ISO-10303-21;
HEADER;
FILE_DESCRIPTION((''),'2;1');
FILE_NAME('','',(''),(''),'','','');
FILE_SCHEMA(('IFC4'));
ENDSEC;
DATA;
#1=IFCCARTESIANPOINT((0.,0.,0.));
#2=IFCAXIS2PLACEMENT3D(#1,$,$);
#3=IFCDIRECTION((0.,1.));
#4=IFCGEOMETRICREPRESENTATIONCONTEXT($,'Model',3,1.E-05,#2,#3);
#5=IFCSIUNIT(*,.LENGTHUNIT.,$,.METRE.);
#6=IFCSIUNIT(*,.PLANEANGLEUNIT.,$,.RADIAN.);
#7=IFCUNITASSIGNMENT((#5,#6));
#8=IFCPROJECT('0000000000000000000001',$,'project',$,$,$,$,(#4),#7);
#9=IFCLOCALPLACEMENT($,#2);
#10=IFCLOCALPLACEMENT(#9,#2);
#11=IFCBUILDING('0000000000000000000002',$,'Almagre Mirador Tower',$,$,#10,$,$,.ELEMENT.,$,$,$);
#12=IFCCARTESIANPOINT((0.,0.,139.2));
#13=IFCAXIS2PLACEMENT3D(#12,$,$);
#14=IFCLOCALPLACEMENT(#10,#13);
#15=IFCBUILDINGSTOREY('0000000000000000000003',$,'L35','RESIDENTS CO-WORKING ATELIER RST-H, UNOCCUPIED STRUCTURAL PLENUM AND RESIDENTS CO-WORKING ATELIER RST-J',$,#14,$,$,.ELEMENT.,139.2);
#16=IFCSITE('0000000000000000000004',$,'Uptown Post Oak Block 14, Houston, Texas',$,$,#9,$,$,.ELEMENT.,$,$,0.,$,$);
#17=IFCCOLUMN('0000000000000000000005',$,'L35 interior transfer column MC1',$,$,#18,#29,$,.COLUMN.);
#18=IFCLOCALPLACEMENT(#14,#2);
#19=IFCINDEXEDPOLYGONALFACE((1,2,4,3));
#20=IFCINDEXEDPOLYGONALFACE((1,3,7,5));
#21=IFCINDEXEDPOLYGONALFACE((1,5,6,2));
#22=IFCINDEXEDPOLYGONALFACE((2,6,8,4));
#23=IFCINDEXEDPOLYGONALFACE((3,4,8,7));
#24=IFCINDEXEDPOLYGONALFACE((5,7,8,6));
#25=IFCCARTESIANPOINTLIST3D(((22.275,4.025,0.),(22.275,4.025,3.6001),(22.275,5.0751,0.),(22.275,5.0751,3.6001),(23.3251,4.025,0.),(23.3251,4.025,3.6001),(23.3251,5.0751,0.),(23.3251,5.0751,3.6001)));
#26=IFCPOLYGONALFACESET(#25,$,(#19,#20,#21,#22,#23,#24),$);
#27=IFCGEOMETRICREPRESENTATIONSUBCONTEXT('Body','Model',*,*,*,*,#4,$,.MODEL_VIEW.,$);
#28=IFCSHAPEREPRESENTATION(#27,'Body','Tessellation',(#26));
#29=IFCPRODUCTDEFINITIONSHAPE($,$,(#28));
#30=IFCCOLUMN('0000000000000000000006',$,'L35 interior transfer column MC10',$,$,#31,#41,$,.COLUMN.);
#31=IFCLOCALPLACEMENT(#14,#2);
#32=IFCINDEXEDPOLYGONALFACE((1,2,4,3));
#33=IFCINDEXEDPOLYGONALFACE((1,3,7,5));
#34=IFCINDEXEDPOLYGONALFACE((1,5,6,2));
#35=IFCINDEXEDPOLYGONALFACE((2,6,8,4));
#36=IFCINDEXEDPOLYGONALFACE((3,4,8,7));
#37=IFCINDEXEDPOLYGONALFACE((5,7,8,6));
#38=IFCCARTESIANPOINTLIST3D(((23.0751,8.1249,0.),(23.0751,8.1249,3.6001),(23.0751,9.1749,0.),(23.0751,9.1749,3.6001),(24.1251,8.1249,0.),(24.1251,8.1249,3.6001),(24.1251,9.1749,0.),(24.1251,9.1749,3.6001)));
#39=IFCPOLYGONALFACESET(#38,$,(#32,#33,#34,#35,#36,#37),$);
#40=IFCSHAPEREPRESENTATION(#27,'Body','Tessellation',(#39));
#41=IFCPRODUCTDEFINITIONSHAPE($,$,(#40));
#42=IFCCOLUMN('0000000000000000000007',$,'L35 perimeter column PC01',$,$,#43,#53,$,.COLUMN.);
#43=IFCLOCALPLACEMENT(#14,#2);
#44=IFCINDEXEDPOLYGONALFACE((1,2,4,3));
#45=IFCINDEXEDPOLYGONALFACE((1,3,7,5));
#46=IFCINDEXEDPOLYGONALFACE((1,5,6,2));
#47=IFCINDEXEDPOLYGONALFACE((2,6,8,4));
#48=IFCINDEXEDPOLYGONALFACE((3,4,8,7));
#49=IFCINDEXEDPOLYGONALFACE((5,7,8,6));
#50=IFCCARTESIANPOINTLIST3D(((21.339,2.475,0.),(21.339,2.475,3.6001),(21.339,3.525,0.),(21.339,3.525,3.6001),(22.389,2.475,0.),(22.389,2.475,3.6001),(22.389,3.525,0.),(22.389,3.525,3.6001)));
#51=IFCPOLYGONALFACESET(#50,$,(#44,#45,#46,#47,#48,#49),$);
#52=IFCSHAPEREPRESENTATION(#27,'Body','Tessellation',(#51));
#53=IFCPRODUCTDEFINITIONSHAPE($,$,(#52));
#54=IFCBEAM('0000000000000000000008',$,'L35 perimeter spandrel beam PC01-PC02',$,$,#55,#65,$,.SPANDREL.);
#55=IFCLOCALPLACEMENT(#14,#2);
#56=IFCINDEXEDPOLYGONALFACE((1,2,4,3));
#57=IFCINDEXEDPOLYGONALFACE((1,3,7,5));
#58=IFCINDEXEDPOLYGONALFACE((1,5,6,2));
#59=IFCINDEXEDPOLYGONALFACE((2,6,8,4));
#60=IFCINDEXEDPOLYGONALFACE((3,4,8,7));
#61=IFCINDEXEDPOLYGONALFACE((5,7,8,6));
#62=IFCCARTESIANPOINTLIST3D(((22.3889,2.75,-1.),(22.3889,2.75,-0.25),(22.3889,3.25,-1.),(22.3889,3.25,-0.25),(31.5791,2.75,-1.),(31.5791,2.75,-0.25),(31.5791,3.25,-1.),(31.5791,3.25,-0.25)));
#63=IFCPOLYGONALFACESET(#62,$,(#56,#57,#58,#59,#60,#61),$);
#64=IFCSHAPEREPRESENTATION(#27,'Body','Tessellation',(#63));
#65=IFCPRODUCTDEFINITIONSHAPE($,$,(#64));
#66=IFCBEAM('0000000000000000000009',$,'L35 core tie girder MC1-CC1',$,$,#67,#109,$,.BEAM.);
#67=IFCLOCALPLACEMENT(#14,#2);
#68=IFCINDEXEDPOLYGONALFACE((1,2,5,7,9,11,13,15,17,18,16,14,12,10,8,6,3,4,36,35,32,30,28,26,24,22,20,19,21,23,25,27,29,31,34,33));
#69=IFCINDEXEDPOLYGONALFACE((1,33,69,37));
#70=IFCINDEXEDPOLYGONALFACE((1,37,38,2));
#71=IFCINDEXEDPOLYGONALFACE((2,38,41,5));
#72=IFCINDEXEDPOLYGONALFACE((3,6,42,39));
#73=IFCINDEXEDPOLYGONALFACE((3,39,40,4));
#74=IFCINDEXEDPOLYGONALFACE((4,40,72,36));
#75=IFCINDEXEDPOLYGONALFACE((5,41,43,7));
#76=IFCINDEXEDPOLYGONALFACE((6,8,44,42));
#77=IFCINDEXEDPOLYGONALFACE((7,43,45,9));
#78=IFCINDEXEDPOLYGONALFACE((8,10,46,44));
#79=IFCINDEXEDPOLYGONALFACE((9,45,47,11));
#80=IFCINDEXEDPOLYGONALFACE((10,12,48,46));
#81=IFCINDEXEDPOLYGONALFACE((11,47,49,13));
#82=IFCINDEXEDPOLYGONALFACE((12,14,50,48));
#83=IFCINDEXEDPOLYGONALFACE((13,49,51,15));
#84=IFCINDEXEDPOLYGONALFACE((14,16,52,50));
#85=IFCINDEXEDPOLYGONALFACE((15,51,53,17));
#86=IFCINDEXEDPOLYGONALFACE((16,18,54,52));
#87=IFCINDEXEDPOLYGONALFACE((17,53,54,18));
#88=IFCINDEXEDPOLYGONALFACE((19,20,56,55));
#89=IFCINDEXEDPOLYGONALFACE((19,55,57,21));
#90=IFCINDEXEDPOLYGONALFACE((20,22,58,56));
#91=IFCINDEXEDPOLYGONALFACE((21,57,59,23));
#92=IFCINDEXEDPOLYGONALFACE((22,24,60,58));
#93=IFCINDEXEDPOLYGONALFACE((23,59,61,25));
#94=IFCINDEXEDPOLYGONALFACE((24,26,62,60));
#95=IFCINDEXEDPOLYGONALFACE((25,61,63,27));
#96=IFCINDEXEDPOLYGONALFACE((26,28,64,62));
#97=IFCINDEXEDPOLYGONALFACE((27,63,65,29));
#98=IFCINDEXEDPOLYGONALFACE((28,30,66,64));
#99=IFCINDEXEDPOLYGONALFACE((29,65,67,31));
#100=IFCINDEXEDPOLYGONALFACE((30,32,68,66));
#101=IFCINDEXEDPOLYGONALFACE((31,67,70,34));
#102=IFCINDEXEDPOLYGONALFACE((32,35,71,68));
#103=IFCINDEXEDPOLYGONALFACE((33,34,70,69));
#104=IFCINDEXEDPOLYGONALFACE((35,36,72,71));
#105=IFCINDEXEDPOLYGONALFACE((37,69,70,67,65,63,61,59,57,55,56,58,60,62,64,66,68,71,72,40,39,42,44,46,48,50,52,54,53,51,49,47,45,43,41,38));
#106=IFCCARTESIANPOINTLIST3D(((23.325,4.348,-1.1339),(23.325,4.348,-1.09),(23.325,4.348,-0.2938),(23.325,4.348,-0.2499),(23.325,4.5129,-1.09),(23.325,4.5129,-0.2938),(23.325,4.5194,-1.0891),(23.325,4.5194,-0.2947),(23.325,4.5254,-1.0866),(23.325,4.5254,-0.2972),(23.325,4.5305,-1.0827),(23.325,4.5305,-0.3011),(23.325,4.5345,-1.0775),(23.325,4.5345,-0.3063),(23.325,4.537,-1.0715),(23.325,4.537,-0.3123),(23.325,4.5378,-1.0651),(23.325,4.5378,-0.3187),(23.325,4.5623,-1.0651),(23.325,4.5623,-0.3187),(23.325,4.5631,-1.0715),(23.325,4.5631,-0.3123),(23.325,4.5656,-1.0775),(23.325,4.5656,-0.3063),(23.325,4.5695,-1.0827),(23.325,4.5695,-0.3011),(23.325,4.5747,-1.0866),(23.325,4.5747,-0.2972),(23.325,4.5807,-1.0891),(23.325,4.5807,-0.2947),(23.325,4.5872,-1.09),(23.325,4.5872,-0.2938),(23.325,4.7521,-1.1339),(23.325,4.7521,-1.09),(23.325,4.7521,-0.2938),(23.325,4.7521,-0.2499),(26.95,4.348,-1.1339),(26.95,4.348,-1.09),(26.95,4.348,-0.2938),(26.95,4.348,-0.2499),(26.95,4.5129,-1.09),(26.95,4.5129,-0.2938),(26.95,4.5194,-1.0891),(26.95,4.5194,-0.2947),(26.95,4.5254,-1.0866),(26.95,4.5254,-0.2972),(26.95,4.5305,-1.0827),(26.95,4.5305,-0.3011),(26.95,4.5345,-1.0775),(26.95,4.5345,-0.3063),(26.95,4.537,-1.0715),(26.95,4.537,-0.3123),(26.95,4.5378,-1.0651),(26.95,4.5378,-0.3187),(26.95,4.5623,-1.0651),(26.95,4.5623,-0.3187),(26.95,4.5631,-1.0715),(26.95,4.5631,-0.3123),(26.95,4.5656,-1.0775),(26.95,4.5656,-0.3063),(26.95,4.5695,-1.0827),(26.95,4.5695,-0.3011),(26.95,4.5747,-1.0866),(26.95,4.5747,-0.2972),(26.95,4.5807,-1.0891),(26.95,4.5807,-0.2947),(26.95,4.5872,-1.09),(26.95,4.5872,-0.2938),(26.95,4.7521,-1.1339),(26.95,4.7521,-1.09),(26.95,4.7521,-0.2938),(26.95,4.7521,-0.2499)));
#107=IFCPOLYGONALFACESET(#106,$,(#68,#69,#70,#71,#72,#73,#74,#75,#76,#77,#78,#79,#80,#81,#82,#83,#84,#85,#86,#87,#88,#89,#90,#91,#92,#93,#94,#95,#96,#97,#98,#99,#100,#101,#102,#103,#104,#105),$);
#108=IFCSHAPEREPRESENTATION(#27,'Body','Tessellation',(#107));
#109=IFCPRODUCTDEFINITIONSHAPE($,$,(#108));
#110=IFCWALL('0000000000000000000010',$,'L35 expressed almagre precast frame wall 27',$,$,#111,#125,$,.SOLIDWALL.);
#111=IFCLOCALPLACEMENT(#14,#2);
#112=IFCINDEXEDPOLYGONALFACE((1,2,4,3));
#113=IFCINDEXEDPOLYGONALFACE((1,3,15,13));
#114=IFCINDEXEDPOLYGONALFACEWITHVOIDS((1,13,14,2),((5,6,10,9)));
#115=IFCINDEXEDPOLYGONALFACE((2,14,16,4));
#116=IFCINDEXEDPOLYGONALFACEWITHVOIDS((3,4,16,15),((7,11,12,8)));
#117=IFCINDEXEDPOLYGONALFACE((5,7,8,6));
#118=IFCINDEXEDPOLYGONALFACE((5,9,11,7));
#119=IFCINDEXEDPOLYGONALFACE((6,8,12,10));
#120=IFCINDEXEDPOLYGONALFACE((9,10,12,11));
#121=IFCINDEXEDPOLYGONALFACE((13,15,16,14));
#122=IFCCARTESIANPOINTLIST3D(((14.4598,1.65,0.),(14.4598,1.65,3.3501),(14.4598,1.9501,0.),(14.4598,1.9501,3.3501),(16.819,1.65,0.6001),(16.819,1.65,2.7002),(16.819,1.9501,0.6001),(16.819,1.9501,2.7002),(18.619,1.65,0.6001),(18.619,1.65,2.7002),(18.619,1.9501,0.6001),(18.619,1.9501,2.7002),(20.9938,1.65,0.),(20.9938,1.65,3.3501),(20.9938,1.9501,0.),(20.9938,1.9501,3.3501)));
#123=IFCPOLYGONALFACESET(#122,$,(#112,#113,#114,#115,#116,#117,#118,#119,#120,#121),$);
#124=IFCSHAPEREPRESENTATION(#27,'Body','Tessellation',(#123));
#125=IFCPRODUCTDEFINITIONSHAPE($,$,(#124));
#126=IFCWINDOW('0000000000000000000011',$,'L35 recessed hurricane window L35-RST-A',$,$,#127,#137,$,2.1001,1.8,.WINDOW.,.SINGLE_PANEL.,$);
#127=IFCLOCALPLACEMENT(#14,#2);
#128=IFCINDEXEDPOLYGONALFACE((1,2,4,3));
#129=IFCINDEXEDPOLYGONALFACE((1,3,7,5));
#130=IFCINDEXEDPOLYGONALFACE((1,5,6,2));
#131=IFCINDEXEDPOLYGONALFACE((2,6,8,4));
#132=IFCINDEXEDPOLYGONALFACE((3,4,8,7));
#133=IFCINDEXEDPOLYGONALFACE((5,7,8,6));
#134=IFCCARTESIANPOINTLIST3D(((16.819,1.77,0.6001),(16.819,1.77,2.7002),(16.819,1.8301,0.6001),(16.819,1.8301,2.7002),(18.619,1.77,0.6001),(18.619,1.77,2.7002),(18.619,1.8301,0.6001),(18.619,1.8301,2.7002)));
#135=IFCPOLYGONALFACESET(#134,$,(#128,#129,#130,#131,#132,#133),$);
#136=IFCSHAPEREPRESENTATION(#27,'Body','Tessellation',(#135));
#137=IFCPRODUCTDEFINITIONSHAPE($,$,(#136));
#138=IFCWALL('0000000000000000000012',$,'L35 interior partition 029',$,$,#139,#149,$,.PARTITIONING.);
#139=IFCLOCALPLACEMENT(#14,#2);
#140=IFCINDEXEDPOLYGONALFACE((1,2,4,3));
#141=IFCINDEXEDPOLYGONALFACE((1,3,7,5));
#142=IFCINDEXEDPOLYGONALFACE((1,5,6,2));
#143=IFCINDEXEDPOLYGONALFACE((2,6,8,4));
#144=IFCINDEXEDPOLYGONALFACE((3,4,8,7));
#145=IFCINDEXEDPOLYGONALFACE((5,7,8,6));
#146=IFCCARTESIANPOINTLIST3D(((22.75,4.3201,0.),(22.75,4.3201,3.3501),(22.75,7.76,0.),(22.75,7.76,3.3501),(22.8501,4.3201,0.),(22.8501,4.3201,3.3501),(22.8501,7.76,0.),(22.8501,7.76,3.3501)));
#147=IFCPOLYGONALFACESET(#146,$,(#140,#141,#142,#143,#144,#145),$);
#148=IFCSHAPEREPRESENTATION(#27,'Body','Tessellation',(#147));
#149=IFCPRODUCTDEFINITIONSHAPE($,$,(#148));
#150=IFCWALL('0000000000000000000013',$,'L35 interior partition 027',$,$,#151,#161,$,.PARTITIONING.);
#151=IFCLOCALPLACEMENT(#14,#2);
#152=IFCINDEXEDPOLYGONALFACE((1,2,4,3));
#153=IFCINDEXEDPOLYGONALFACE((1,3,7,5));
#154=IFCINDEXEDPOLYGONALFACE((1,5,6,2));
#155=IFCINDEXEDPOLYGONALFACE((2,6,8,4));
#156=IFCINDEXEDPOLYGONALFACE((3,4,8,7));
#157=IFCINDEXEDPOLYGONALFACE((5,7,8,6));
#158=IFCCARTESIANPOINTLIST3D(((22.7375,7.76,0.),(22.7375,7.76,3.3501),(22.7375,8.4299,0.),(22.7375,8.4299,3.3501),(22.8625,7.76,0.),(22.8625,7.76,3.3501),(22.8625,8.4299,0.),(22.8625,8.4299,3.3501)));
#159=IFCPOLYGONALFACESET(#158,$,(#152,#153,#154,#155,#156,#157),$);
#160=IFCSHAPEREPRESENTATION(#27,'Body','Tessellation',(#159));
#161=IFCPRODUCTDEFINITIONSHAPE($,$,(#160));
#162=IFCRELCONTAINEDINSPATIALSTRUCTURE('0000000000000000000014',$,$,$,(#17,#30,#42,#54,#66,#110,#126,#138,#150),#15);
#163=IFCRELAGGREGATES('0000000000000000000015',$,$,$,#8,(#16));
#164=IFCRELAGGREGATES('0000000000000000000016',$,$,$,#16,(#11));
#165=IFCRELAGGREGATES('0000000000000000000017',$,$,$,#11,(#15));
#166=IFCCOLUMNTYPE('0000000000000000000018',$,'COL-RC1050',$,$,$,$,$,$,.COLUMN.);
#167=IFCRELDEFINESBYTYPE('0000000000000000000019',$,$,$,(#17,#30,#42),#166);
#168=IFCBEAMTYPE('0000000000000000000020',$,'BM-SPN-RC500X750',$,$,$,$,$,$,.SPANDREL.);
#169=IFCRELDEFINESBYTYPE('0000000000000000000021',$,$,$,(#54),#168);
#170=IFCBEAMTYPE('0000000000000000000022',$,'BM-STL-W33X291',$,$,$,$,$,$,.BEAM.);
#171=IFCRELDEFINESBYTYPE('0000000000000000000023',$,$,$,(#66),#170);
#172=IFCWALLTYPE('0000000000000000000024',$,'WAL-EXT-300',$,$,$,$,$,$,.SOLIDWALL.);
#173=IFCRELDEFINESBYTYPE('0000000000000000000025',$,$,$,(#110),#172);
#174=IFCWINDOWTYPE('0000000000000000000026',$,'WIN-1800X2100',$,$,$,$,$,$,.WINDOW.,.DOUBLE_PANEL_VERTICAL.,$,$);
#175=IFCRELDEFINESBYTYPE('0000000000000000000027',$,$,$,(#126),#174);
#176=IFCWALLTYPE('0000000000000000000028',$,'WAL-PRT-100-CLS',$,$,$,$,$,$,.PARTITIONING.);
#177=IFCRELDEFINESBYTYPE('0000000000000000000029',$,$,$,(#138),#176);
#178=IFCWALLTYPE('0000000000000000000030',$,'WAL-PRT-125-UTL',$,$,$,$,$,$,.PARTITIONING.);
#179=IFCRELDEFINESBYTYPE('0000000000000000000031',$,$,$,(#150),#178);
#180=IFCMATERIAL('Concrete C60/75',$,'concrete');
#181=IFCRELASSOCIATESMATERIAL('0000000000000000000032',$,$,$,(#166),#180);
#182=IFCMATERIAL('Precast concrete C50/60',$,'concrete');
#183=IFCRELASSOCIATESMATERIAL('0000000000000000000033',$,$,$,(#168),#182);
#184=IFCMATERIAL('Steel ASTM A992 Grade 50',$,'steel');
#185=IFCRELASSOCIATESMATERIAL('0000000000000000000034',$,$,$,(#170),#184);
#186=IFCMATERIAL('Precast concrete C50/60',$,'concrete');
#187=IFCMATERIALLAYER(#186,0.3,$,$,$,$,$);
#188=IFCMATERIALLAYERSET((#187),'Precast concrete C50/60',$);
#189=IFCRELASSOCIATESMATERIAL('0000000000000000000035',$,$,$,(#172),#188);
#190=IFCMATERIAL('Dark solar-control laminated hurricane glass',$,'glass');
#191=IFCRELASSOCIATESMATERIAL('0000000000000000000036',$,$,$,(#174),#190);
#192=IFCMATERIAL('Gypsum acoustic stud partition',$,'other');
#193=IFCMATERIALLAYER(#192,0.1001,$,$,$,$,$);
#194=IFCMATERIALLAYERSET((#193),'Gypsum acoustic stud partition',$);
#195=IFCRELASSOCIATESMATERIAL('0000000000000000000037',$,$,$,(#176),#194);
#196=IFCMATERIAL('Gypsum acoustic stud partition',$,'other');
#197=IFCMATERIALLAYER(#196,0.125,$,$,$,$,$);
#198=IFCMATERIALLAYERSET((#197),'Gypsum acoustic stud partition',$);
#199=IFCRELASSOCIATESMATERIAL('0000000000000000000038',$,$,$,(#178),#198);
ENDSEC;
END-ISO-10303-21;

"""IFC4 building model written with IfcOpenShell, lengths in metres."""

from ifc_helpers import new_model, si_unit, direction, frame, frame_2d, origin, origin_2d, place, context, subcontext, project, spatial, rectangle, i_section, extrude, material, layer, layer_set, material_profile, profile_set, type_object, element, fill, save


model = new_model("IFC4")

# Units and contexts
model_context = context("Model", 3, precision=1e-05, world=origin(), true_north=direction((0.0, 1.0)))
body_context = subcontext(model_context, "Body", "Model", "MODEL_VIEW")
ifc_project = project(units=[si_unit("LENGTHUNIT", "METRE"), si_unit("PLANEANGLEUNIT", "RADIAN")], contexts=[model_context])

# Site, building, storey
site_placement = place(None, origin())
site = spatial("IfcSite", under=ifc_project, at=site_placement, Name="Uptown Post Oak Block 14, Houston, Texas", CompositionType="ELEMENT", RefElevation=0.0)
building_placement = place(site_placement, origin())
building = spatial("IfcBuilding", under=site, at=building_placement, Name="Almagre Mirador Tower", CompositionType="ELEMENT")
storey_placement = place(building_placement, frame((0.0, 0.0, 139.2)))
storey = spatial("IfcBuildingStorey", under=building, at=storey_placement, Name="L35", Description="RESIDENTS CO-WORKING ATELIER RST-H, UNOCCUPIED STRUCTURAL PLENUM AND RESIDENTS CO-WORKING ATELIER RST-J", CompositionType="ELEMENT", Elevation=139.2)

# Columns
ifc_material_1 = material(Name="Concrete C60/75", Category="concrete")
ifc_material_profile_1 = material_profile(ifc_material_1, rectangle(XDim=1.05, YDim=1.05, at=origin_2d()), Name="RC1050X1050")
ifc_profile_set_1 = profile_set([ifc_material_profile_1], Name="Concrete C60/75")
column_type = type_object("IfcColumnType", Name="COL-RC1050", PredefinedType="COLUMN", material=ifc_profile_set_1)
for number, where, z_axis, x_axis, name in (
    (1, (22.8, 4.55, 0.0), (0.0, 0.0, 1.0), (1.0, 0.0, 0.0), "L35 interior transfer column MC1"),
    (2, (23.6001, 8.6499, 0.0), (0.0, 0.0, 1.0), (1.0, 0.0, 0.0), "L35 interior transfer column MC10"),
    (3, (21.864, 3.0, 0.0), (0.0, 0.0, 1.0), (1.0, 0.0, 0.0), "L35 perimeter column PC01"),
):
    element("IfcColumn", number, at=place(storey_placement, frame(where, z_axis=z_axis, x_axis=x_axis)), inside=storey, type_object=column_type, Name=name, PredefinedType="COLUMN", context=body_context, shape_type="SweptSolid", body=[
        extrude(rectangle(XDim=1.05, YDim=1.05, at=origin_2d()), origin(), (0.0, 0.0, 1.0), 3.6001),
    ])

# Beams
ifc_material_2 = material(Name="Precast concrete C50/60", Category="concrete")
ifc_material_profile_2 = material_profile(ifc_material_2, rectangle(XDim=0.5, YDim=0.75, at=origin_2d()), Name="RC500X750")
ifc_profile_set_2 = profile_set([ifc_material_profile_2], Name="Precast concrete C50/60")
beam_type_1 = type_object("IfcBeamType", Name="BM-SPN-RC500X750", PredefinedType="SPANDREL", material=ifc_profile_set_2)
beam_1_placement = place(storey_placement, frame((22.3889, 3.0, -0.625), z_axis=(1.0, 0.0, 0.0), x_axis=(0.0, 1.0, 0.0)))
element("IfcBeam", 4, at=beam_1_placement, inside=storey, type_object=beam_type_1, Name="L35 perimeter spandrel beam PC01-PC02", PredefinedType="SPANDREL", context=body_context, shape_type="SweptSolid", body=[
    extrude(rectangle(XDim=0.5, YDim=0.75, at=origin_2d()), origin(), (0.0, 0.0, 1.0), 9.1902),
])
ifc_material_3 = material(Name="Steel ASTM A992 Grade 50", Category="steel")
ifc_material_profile_3 = material_profile(ifc_material_3, i_section(OverallWidth=0.4041, OverallDepth=0.884, WebThickness=0.0244, FlangeThickness=0.0439, FilletRadius=0.0249, at=origin_2d()), Name="W33X291")
ifc_profile_set_3 = profile_set([ifc_material_profile_3], Name="Steel ASTM A992 Grade 50")
beam_type_2 = type_object("IfcBeamType", Name="BM-STL-W33X291", PredefinedType="BEAM", material=ifc_profile_set_3)
beam_2_placement = place(storey_placement, frame((23.325, 4.55, -0.6919), z_axis=(1.0, 0.0, 0.0), x_axis=(0.0, 1.0, 0.0)))
element("IfcBeam", 5, at=beam_2_placement, inside=storey, type_object=beam_type_2, Name="L35 core tie girder MC1-CC1", PredefinedType="BEAM", context=body_context, shape_type="SweptSolid", body=[
    extrude(i_section(OverallWidth=0.4041, OverallDepth=0.884, WebThickness=0.0244, FlangeThickness=0.0439, FilletRadius=0.0249, at=origin_2d()), origin(), (0.0, 0.0, 1.0), 3.625),
])

# Wall, opening, window
ifc_material_4 = material(Name="Precast concrete C50/60", Category="concrete")
ifc_layer_1 = layer(ifc_material_4, 0.3)
ifc_layer_set_1 = layer_set([ifc_layer_1], Name="Precast concrete C50/60")
wall_type_1 = type_object("IfcWallType", Name="WAL-EXT-300", PredefinedType="SOLIDWALL", material=ifc_layer_set_1)
wall_1_placement = place(storey_placement, frame((20.9939, 1.8, 0.0), z_axis=(0.0, 0.0, 1.0), x_axis=(-1.0, 0.0, 0.0)))
wall_1 = element("IfcWall", 6, at=wall_1_placement, inside=storey, type_object=wall_type_1, Name="L35 expressed almagre precast frame wall 27", PredefinedType="SOLIDWALL", context=body_context, shape_type="SweptSolid", body=[
    extrude(rectangle(XDim=6.5339, YDim=0.3, at=frame_2d((3.2671, 0.0))), origin(), (0.0, 0.0, 1.0), 3.3501),
])
opening_1_placement = place(wall_1_placement, frame((2.375, 0.0, 0.6001)))
opening_1 = element("IfcOpeningElement", 7, at=opening_1_placement, cuts=wall_1, PredefinedType="OPENING", context=body_context, shape_type="SweptSolid", body=[
    extrude(rectangle(XDim=1.8, YDim=2.1001, at=frame_2d((0.8999, 1.05))), frame((0.0, 0.1599, 0.0), z_axis=(0.0, -1.0, 0.0), x_axis=(1.0, 0.0, 0.0)), (0.0, 0.0, 1.0), 0.32),
])
ifc_material_5 = material(Name="Dark solar-control laminated hurricane glass", Category="glass")
window_type = type_object("IfcWindowType", Name="WIN-1800X2100", PartitioningType="DOUBLE_PANEL_VERTICAL", PredefinedType="WINDOW", material=ifc_material_5)
window_placement = place(opening_1_placement, origin())
window = element("IfcWindow", 8, at=window_placement, inside=storey, type_object=window_type, Name="L35 recessed hurricane window L35-RST-A", OverallHeight=2.1001, OverallWidth=1.8, PartitioningType="SINGLE_PANEL", PredefinedType="WINDOW", context=body_context, shape_type="SweptSolid", body=[
    extrude(rectangle(XDim=1.8, YDim=2.1001, at=frame_2d((0.8999, 1.05))), frame((0.0, 0.03, 0.0), z_axis=(0.0, -1.0, 0.0), x_axis=(1.0, 0.0, 0.0)), (0.0, 0.0, 1.0), 0.0601),
])
fill(opening_1, window)

# Walls
ifc_material_6 = material(Name="Gypsum acoustic stud partition", Category="other")
ifc_layer_2 = layer(ifc_material_6, 0.1001)
ifc_layer_set_2 = layer_set([ifc_layer_2], Name="Gypsum acoustic stud partition")
wall_type_2 = type_object("IfcWallType", Name="WAL-PRT-100-CLS", PredefinedType="PARTITIONING", material=ifc_layer_set_2)
wall_2_placement = place(storey_placement, frame((22.8, 4.3201, 0.0), z_axis=(0.0, 0.0, 1.0), x_axis=(0.0, 1.0, 0.0)))
element("IfcWall", 9, at=wall_2_placement, inside=storey, type_object=wall_type_2, Name="L35 interior partition 029", PredefinedType="PARTITIONING", context=body_context, shape_type="SweptSolid", body=[
    extrude(rectangle(XDim=3.4399, YDim=0.1001, at=frame_2d((1.72, 0.0))), origin(), (0.0, 0.0, 1.0), 3.3501),
])
ifc_material_7 = material(Name="Gypsum acoustic stud partition", Category="other")
ifc_layer_3 = layer(ifc_material_7, 0.125)
ifc_layer_set_3 = layer_set([ifc_layer_3], Name="Gypsum acoustic stud partition")
wall_type_3 = type_object("IfcWallType", Name="WAL-PRT-125-UTL", PredefinedType="PARTITIONING", material=ifc_layer_set_3)
wall_3_placement = place(storey_placement, frame((22.8, 7.76, 0.0), z_axis=(0.0, 0.0, 1.0), x_axis=(0.0, 1.0, 0.0)))
element("IfcWall", 10, at=wall_3_placement, inside=storey, type_object=wall_type_3, Name="L35 interior partition 027", PredefinedType="PARTITIONING", context=body_context, shape_type="SweptSolid", body=[
    extrude(rectangle(XDim=0.6699, YDim=0.125, at=frame_2d((0.335, 0.0))), origin(), (0.0, 0.0, 1.0), 3.3501),
])

save(model, "model.ifc")
